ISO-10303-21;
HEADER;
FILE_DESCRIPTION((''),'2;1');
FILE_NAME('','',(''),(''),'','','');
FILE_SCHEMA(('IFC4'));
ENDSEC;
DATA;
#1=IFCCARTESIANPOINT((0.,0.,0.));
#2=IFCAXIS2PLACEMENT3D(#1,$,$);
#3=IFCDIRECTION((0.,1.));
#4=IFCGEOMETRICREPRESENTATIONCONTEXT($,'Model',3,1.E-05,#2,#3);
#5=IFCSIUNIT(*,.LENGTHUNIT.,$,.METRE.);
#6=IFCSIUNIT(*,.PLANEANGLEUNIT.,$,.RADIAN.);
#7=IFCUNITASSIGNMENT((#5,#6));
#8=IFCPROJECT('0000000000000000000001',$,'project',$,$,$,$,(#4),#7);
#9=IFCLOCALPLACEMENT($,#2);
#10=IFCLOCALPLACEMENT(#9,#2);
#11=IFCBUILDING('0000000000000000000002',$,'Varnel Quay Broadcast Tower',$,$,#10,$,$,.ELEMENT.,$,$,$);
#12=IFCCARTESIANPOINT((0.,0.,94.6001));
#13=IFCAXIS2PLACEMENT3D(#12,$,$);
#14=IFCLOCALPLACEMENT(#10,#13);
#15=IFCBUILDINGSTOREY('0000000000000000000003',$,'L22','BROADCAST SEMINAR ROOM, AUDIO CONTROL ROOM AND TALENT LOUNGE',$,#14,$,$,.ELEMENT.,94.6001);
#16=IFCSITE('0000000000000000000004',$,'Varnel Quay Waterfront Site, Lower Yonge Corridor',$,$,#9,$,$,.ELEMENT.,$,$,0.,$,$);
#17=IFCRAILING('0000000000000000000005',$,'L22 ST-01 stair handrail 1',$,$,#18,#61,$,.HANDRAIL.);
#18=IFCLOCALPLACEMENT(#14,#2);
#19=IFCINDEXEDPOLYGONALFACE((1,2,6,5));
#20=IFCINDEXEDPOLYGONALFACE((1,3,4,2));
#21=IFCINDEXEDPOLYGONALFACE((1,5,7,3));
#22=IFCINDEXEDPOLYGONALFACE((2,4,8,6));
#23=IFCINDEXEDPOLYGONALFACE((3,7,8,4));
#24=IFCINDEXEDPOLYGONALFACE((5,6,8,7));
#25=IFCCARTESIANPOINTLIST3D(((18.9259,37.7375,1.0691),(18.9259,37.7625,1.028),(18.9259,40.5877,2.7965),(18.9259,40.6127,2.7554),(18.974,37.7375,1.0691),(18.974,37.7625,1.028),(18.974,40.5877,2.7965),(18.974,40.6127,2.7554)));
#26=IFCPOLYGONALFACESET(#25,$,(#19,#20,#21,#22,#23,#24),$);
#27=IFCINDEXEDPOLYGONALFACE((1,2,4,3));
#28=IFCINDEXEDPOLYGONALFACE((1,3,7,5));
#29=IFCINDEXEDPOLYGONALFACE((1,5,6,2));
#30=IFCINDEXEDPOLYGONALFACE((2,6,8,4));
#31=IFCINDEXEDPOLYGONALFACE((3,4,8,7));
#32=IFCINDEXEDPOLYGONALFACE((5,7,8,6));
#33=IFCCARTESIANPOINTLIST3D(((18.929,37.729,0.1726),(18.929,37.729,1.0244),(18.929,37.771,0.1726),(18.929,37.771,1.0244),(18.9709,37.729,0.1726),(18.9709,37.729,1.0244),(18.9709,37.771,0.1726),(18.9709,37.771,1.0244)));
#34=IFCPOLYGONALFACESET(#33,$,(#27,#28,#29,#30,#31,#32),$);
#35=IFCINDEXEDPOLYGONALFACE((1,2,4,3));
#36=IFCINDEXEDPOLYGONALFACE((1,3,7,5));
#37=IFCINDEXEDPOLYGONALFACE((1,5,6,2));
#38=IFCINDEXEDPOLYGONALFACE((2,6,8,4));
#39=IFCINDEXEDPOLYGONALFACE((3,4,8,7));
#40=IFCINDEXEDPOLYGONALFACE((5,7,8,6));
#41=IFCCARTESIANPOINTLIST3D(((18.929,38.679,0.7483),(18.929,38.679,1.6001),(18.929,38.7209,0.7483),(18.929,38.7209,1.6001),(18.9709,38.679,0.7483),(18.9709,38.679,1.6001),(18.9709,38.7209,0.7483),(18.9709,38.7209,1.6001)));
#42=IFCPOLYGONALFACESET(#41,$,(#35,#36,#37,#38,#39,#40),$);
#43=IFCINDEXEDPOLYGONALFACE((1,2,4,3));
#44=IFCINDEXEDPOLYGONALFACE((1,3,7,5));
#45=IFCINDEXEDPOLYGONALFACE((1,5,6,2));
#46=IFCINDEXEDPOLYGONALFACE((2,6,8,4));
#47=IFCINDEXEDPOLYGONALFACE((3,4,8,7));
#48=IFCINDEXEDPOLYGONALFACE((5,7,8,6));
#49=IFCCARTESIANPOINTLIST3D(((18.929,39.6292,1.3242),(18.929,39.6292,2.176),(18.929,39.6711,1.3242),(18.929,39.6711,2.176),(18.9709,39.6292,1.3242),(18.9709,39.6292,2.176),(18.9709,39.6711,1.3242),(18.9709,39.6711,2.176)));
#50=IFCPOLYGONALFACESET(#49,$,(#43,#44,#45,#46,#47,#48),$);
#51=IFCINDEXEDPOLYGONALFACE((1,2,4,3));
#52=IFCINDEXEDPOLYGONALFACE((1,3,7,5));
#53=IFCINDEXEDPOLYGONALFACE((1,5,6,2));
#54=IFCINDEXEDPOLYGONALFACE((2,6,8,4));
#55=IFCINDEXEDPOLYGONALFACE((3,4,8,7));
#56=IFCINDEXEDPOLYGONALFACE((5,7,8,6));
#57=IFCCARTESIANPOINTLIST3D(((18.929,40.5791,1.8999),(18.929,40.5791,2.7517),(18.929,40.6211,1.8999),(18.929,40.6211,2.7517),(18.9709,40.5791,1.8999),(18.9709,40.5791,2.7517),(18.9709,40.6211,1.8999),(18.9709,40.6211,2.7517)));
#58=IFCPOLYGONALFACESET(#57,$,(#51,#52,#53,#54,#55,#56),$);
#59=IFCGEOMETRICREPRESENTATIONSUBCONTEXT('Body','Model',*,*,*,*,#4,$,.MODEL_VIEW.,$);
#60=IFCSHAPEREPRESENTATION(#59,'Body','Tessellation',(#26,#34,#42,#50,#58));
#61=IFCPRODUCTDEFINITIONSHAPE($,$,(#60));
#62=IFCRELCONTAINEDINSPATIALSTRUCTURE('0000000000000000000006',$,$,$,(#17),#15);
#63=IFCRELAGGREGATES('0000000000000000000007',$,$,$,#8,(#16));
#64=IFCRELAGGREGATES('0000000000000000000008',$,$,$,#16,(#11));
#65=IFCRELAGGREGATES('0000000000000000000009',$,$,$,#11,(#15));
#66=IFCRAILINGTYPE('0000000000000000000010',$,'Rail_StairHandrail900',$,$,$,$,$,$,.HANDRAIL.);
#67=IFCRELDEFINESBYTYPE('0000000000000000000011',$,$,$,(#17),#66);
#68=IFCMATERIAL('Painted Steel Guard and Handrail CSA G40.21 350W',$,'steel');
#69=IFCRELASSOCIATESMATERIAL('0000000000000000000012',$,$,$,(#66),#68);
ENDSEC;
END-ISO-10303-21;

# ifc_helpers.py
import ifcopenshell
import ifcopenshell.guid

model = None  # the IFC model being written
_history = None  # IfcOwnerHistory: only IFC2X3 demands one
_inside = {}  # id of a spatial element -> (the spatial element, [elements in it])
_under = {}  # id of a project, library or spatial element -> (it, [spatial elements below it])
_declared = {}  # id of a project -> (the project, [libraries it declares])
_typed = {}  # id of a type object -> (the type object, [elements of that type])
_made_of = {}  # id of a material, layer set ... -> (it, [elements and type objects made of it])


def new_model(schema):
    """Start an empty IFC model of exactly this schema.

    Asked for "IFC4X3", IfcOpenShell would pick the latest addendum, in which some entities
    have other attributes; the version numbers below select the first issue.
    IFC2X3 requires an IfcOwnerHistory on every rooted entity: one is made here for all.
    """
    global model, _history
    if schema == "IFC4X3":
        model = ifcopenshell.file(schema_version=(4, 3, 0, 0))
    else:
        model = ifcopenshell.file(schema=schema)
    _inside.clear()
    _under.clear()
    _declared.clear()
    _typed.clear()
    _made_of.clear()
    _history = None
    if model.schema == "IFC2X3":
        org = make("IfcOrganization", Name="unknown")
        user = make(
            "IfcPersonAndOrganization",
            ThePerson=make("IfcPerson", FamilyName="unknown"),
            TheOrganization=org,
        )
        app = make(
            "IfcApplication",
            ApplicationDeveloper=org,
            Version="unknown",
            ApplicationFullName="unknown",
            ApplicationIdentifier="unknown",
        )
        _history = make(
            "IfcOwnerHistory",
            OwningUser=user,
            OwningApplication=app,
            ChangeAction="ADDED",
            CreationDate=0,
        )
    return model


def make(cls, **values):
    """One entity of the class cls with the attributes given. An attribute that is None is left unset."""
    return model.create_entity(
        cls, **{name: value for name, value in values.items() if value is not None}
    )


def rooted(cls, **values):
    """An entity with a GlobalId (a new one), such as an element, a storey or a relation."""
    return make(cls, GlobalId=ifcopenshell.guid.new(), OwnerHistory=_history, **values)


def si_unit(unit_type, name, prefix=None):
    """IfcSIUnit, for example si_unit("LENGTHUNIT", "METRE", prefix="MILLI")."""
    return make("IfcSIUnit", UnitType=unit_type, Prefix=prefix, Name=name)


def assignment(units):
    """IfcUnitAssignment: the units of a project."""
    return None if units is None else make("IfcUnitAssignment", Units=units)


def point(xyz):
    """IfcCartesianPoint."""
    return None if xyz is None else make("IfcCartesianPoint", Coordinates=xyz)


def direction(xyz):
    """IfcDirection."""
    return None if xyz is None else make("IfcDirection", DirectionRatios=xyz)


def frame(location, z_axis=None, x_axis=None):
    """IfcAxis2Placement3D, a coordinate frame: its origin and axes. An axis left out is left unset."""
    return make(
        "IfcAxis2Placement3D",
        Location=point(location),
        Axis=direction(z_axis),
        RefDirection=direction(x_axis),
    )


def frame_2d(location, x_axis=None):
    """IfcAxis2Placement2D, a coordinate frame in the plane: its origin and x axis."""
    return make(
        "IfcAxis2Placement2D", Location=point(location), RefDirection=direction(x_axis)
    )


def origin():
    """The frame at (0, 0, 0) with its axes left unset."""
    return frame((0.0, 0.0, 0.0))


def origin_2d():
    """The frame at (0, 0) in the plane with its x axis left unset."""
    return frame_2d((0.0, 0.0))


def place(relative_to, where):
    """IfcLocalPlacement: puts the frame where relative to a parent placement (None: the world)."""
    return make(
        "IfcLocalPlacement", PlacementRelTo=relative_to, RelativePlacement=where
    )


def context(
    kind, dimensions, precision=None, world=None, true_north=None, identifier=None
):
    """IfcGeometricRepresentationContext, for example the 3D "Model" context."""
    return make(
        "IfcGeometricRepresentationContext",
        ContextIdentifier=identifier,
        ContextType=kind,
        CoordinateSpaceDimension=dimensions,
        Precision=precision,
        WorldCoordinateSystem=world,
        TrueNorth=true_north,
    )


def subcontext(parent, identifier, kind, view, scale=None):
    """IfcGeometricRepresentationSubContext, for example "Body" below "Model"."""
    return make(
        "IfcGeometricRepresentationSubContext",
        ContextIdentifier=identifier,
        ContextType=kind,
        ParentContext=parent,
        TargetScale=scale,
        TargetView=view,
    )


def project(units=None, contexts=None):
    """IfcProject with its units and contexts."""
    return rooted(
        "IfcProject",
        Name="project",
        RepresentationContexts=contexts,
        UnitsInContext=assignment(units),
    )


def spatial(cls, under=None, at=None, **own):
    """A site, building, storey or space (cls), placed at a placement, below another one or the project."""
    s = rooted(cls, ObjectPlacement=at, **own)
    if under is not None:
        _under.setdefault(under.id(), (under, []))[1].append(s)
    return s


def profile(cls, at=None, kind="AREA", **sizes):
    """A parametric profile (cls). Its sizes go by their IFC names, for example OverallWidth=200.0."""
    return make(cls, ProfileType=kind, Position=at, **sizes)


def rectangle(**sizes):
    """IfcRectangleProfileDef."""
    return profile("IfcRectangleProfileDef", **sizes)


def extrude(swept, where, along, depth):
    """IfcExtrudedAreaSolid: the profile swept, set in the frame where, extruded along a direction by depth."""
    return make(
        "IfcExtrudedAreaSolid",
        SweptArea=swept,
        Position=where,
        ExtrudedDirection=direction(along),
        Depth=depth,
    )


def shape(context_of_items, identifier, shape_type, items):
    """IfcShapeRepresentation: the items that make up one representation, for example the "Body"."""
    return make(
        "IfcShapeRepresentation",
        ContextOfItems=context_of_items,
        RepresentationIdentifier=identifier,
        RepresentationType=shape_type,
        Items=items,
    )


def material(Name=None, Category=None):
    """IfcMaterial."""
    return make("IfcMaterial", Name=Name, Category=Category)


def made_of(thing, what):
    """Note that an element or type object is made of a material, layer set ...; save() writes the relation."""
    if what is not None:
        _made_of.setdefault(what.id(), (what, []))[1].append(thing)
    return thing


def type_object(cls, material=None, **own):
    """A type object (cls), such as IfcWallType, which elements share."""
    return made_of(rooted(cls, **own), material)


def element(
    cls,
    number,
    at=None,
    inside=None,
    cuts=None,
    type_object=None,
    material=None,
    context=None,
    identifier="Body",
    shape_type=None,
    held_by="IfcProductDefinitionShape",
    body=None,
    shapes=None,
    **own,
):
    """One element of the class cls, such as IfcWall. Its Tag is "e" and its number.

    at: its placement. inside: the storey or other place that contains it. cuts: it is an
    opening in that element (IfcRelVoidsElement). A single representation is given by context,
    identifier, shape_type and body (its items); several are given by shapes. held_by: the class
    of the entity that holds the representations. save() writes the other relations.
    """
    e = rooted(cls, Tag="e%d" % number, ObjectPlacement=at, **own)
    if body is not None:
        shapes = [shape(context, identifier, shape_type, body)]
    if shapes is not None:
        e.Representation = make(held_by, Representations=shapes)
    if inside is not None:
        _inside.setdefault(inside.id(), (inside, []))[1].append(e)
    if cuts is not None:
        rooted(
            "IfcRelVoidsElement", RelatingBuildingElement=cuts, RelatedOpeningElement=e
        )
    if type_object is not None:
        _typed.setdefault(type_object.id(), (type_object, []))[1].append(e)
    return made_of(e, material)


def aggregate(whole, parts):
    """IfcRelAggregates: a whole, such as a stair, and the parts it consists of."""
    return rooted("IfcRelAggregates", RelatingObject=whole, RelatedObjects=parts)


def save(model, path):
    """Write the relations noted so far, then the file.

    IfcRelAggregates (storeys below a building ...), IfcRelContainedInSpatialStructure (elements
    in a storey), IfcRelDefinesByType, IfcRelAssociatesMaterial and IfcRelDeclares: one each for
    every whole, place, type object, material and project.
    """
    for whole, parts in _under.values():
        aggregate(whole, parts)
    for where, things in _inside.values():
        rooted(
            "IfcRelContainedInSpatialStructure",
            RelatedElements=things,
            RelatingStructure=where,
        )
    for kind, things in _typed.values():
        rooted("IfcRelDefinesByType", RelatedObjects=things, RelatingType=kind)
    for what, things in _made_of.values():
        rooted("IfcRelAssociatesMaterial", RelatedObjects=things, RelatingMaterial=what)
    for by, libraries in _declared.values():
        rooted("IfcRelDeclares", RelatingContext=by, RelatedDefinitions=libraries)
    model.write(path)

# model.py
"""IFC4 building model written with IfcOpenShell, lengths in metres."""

from ifc_helpers import new_model, si_unit, direction, frame, origin, origin_2d, place, context, subcontext, project, spatial, rectangle, extrude, material, type_object, element, save


model = new_model("IFC4")

# Units and contexts
model_context = context("Model", 3, precision=1e-05, world=origin(), true_north=direction((0.0, 1.0)))
body_context = subcontext(model_context, "Body", "Model", "MODEL_VIEW")
ifc_project = project(units=[si_unit("LENGTHUNIT", "METRE"), si_unit("PLANEANGLEUNIT", "RADIAN")], contexts=[model_context])

# Site, building, storey
site_placement = place(None, origin())
site = spatial("IfcSite", under=ifc_project, at=site_placement, Name="Varnel Quay Waterfront Site, Lower Yonge Corridor", CompositionType="ELEMENT", RefElevation=0.0)
building_placement = place(site_placement, origin())
building = spatial("IfcBuilding", under=site, at=building_placement, Name="Varnel Quay Broadcast Tower", CompositionType="ELEMENT")
storey_placement = place(building_placement, frame((0.0, 0.0, 94.6001)))
storey = spatial("IfcBuildingStorey", under=building, at=storey_placement, Name="L22", Description="BROADCAST SEMINAR ROOM, AUDIO CONTROL ROOM AND TALENT LOUNGE", CompositionType="ELEMENT", Elevation=94.6001)

# Railing
ifc_material_1 = material(Name="Painted Steel Guard and Handrail CSA G40.21 350W", Category="steel")
railing_type_1 = type_object("IfcRailingType", Name="Rail_StairHandrail900", PredefinedType="HANDRAIL", material=ifc_material_1)
railing_1_placement = place(storey_placement, frame((18.95, 37.75, 0.1726)))
element("IfcRailing", 1, at=railing_1_placement, inside=storey, type_object=railing_type_1, Name="L22 ST-01 stair handrail 1", PredefinedType="HANDRAIL", context=body_context, shape_type="SweptSolid", body=[
    extrude(rectangle(XDim=0.0481, YDim=0.0481, at=origin_2d()), frame((0.0, 0.0, 0.876), z_axis=(0.0, 0.855203, 0.518294), x_axis=(-1.0, 0.0, 0.0)), (0.0, 0.0, 1.0), 3.3328),
    extrude(rectangle(XDim=0.042, YDim=0.042, at=origin_2d()), origin(), (0.0, 0.0, 1.0), 0.8518),
    extrude(rectangle(XDim=0.042, YDim=0.042, at=origin_2d()), frame((0.0, 0.95, 0.5757)), (0.0, 0.0, 1.0), 0.8518),
    extrude(rectangle(XDim=0.042, YDim=0.042, at=origin_2d()), frame((0.0, 1.9001, 1.1516)), (0.0, 0.0, 1.0), 0.8518),
    extrude(rectangle(XDim=0.042, YDim=0.042, at=origin_2d()), frame((0.0, 2.8501, 1.7273)), (0.0, 0.0, 1.0), 0.8518),
])

save(model, "model.ifc")
